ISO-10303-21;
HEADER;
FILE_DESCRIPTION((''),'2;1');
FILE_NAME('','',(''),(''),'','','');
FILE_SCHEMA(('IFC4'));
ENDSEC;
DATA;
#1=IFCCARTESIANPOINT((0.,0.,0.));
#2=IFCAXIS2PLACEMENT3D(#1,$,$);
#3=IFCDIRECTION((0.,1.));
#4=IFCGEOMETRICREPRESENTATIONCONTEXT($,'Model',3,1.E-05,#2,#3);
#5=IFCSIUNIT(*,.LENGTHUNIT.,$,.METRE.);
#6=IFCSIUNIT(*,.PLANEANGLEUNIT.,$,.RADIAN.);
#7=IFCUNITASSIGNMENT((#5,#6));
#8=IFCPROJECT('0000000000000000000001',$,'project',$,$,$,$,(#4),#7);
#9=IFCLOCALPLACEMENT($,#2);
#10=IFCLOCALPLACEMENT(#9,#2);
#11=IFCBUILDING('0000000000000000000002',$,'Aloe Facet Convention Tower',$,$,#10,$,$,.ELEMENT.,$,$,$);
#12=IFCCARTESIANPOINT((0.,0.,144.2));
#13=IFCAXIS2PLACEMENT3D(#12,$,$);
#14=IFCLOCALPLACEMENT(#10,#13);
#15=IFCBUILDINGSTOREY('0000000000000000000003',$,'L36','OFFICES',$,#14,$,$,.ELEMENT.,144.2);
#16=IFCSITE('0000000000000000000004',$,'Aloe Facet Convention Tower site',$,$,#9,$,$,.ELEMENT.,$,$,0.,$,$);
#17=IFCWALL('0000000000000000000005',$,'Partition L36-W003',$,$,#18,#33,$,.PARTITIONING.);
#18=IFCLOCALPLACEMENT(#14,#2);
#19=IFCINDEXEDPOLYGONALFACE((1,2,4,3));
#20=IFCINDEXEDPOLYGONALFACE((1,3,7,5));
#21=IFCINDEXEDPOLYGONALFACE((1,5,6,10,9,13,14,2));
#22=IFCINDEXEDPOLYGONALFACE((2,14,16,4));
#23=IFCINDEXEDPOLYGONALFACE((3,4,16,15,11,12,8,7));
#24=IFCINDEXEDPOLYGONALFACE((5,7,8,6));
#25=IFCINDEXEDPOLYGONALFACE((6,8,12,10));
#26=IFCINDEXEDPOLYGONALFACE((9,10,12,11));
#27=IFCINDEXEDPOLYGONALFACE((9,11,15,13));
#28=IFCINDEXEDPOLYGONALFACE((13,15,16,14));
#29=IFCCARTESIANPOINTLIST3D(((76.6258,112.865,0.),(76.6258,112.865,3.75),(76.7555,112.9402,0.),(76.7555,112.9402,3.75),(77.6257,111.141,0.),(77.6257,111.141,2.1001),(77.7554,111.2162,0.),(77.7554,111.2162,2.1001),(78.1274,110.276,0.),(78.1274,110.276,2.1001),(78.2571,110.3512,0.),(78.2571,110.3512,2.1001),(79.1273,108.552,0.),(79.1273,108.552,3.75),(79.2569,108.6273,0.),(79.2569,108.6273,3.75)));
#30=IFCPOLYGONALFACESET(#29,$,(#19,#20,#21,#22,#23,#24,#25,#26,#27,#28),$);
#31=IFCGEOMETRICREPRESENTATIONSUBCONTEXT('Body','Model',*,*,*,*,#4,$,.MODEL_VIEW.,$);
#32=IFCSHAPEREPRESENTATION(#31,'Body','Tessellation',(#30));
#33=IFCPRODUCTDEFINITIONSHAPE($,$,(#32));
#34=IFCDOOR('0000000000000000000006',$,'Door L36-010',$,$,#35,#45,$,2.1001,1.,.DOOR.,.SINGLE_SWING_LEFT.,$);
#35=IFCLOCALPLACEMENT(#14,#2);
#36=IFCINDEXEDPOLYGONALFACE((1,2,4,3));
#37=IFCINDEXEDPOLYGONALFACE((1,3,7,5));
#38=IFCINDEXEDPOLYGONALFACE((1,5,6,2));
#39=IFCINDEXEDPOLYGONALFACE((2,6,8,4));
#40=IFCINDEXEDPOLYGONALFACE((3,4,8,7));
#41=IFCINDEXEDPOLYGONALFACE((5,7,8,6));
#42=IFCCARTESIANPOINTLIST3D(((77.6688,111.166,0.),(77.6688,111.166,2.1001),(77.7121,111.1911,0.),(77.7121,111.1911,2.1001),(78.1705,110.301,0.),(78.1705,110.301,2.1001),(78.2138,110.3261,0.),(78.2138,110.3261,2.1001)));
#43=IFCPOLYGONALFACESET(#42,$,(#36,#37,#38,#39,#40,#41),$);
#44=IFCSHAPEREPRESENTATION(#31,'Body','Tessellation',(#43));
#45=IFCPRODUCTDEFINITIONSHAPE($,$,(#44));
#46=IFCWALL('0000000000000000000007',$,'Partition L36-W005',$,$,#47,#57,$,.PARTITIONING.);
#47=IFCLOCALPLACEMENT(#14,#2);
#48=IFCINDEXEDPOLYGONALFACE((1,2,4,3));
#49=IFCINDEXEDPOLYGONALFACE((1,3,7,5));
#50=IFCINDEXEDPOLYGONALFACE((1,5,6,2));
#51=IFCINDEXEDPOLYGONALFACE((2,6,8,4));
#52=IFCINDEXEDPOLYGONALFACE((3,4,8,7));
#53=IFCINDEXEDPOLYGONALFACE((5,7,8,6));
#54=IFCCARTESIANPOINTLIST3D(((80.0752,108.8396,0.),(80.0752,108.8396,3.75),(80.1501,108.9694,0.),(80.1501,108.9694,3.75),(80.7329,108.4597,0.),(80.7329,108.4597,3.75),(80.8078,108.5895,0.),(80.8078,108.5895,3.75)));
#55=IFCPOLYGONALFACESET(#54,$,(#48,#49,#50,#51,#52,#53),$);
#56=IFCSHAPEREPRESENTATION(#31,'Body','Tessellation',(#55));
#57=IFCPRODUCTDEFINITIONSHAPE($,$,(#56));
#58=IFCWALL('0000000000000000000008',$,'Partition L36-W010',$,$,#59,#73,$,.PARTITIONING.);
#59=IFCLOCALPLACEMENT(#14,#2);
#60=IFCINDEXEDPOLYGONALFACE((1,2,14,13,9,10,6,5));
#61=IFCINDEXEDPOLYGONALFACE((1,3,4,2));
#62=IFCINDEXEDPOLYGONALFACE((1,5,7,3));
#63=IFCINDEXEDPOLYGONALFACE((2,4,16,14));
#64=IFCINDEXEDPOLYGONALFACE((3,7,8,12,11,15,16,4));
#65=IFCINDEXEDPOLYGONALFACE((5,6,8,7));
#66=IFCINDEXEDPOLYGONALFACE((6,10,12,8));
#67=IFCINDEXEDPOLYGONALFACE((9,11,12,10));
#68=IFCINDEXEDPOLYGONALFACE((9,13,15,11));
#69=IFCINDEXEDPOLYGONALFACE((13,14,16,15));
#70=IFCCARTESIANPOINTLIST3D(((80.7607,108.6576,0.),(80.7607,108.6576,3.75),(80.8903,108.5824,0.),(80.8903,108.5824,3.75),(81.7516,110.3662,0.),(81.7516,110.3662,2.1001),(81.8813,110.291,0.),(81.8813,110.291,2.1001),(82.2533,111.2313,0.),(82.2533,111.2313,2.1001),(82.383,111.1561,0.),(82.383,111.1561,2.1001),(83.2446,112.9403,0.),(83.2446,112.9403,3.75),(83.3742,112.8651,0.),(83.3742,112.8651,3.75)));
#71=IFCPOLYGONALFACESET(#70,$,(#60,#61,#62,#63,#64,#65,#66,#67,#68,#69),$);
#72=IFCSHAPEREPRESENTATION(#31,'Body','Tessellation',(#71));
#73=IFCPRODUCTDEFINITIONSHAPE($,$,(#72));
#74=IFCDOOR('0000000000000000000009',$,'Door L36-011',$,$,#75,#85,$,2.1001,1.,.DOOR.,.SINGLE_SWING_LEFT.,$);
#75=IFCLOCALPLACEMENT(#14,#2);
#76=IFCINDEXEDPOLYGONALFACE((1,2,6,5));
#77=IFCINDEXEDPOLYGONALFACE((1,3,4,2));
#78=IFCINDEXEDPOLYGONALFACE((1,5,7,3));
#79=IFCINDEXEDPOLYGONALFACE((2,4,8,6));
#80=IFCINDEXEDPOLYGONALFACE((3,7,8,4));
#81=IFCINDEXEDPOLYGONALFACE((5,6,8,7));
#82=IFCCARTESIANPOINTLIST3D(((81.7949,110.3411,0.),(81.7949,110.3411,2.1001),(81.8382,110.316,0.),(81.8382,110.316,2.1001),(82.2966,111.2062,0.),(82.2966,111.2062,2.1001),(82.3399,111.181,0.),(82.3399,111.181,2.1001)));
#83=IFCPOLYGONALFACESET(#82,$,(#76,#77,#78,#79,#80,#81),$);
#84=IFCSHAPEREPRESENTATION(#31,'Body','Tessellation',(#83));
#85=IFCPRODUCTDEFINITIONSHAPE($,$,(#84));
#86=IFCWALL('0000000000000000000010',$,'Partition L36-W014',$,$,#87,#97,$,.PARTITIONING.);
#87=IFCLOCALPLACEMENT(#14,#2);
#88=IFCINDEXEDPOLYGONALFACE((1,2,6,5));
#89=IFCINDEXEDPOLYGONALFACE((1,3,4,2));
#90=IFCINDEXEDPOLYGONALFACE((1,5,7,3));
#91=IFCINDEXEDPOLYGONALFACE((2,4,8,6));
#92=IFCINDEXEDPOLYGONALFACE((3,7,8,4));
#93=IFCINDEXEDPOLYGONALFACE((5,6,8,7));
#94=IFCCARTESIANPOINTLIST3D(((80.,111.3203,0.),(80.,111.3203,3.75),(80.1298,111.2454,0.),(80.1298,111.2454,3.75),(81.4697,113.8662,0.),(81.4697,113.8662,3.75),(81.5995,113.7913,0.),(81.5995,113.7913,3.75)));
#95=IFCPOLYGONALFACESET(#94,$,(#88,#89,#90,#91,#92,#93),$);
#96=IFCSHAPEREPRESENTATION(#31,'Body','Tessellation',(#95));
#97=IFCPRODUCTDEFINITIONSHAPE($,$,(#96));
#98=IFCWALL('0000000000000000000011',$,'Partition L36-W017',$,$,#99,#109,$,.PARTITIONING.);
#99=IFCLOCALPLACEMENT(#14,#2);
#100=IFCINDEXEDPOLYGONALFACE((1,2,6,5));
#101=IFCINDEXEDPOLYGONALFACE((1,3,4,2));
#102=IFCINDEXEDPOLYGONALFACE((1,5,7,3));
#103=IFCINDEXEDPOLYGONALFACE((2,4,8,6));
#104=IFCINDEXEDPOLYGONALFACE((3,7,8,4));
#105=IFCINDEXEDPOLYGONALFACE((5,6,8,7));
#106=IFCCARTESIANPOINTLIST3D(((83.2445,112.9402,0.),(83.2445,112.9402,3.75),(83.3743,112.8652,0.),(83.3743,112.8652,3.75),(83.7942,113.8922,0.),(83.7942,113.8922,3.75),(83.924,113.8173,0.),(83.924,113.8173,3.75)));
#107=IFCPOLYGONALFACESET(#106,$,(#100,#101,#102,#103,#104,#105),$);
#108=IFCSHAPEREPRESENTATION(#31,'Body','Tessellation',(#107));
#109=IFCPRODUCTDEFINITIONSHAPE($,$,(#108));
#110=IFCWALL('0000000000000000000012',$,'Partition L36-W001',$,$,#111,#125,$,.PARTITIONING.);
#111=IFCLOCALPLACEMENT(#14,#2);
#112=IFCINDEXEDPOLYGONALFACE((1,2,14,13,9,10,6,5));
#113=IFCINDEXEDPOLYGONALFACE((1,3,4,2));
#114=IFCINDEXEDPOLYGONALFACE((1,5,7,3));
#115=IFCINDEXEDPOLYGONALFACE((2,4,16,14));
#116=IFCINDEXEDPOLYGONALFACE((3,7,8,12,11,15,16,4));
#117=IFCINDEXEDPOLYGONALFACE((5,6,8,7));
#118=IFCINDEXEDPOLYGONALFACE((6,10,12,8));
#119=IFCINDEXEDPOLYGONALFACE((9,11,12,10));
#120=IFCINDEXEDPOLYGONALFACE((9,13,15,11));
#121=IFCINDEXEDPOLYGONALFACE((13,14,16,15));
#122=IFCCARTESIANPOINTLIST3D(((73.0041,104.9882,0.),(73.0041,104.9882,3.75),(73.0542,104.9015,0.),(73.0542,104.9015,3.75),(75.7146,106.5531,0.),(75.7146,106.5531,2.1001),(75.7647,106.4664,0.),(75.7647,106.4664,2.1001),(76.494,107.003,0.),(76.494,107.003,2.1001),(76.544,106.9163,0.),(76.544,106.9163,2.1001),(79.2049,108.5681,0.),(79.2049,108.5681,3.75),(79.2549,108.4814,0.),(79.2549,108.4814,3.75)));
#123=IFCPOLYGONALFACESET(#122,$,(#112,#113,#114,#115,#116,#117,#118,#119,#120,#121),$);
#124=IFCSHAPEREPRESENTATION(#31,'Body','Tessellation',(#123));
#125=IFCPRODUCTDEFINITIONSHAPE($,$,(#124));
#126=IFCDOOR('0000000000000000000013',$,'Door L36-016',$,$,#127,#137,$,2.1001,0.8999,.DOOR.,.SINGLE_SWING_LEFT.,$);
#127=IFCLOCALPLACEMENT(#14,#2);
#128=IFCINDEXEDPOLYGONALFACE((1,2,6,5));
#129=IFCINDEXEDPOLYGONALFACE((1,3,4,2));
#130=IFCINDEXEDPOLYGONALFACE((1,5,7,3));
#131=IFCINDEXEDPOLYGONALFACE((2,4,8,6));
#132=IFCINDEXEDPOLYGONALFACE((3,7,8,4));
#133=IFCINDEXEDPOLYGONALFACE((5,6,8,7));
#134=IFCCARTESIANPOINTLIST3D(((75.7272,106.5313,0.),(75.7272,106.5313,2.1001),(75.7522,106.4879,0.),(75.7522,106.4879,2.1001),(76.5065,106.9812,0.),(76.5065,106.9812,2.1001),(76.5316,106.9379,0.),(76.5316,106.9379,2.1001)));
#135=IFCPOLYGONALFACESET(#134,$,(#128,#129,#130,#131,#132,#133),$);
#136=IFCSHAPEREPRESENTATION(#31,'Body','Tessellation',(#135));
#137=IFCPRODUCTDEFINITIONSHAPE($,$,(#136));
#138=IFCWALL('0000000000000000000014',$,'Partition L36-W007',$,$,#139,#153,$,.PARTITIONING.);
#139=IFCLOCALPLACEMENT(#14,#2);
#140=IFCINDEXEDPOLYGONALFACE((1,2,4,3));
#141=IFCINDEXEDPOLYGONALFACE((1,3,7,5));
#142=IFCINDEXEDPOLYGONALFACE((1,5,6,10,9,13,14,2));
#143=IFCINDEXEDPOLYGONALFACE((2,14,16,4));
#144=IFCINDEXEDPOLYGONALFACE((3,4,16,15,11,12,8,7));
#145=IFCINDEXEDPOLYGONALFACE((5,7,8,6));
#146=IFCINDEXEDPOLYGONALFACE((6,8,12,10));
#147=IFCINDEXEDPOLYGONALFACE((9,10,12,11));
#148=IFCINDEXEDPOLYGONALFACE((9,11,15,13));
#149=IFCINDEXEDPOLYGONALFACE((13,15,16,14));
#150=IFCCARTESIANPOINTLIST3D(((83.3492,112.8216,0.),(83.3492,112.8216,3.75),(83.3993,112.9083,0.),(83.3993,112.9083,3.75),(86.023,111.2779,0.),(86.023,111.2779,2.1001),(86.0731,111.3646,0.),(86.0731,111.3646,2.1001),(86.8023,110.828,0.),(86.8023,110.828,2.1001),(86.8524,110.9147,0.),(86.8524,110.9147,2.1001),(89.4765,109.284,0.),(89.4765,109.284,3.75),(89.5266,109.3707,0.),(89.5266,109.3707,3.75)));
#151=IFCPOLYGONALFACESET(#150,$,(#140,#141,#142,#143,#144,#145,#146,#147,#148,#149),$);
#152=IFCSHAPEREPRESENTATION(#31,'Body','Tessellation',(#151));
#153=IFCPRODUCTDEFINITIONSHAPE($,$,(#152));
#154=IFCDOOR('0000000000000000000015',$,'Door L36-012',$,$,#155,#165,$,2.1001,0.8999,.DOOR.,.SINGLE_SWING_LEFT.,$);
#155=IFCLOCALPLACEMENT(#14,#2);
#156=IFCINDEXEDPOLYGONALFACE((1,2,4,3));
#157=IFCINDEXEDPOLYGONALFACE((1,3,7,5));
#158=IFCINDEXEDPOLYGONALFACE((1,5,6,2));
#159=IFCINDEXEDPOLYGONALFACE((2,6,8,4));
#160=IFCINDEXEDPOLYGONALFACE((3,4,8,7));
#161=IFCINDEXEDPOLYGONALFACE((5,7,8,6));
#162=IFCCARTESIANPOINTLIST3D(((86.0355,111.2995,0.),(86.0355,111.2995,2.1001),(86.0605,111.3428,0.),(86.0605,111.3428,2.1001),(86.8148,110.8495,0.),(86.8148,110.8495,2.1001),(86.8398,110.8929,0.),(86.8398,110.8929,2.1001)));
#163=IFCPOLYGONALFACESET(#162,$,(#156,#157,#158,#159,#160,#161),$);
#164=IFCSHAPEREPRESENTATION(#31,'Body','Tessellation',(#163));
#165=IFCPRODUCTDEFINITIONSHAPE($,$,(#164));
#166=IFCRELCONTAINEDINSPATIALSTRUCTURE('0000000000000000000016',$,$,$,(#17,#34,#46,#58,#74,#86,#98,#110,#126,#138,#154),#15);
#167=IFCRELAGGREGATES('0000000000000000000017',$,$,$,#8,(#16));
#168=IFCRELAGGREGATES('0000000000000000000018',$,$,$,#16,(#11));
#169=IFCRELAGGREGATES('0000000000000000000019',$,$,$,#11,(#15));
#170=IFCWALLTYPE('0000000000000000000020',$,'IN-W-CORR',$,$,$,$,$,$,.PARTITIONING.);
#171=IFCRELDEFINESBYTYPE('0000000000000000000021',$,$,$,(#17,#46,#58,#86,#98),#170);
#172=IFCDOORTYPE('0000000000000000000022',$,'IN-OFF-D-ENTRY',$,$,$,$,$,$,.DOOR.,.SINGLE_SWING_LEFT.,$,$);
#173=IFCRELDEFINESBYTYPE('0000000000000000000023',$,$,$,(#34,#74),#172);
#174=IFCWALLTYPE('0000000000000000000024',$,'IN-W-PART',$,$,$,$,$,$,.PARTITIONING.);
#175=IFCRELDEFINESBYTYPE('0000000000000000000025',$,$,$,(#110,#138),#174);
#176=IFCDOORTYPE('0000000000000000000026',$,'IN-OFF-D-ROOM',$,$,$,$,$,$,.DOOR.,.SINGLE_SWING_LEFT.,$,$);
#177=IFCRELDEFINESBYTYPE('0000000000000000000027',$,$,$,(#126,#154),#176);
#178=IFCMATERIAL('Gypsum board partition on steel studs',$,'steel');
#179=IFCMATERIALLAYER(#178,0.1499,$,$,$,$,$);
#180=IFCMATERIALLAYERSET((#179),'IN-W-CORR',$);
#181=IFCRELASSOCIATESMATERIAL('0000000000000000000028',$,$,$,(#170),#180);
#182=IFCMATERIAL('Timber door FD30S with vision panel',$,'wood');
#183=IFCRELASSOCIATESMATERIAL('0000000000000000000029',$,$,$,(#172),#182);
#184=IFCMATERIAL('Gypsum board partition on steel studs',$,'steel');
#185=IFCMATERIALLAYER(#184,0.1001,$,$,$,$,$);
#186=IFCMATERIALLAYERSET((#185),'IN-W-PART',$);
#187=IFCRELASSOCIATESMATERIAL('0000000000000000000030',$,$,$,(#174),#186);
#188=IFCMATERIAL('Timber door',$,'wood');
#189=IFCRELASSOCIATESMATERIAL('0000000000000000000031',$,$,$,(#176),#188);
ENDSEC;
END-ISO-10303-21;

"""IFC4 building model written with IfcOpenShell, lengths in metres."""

from ifc_helpers import new_model, si_unit, direction, frame, frame_2d, origin, place, context, subcontext, project, spatial, rectangle, extrude, material, layer, layer_set, type_object, element, fill, save


model = new_model("IFC4")

# Units and contexts
model_context = context("Model", 3, precision=1e-05, world=origin(), true_north=direction((0.0, 1.0)))
body_context = subcontext(model_context, "Body", "Model", "MODEL_VIEW")
ifc_project = project(units=[si_unit("LENGTHUNIT", "METRE"), si_unit("PLANEANGLEUNIT", "RADIAN")], contexts=[model_context])

# Site, building, storey
site_placement = place(None, origin())
site = spatial("IfcSite", under=ifc_project, at=site_placement, Name="Aloe Facet Convention Tower site", CompositionType="ELEMENT", RefElevation=0.0)
building_placement = place(site_placement, origin())
building = spatial("IfcBuilding", under=site, at=building_placement, Name="Aloe Facet Convention Tower", CompositionType="ELEMENT")
storey_placement = place(building_placement, frame((0.0, 0.0, 144.2)))
storey = spatial("IfcBuildingStorey", under=building, at=storey_placement, Name="L36", Description="OFFICES", CompositionType="ELEMENT", Elevation=144.2)

# Shared definitions
ifc_material_1 = material(Name="Gypsum board partition on steel studs", Category="steel")
ifc_layer_1 = layer(ifc_material_1, 0.1499)
ifc_layer_set_1 = layer_set([ifc_layer_1], Name="IN-W-CORR")
wall_type_1 = type_object("IfcWallType", Name="IN-W-CORR", PredefinedType="PARTITIONING", material=ifc_layer_set_1)

# Wall, opening, door
wall_1_placement = place(storey_placement, frame((76.6907, 112.9026, 0.0), z_axis=(0.0, 0.0, 1.0), x_axis=(0.501708, -0.865037, 0.0)))
wall_1 = element("IfcWall", 1, at=wall_1_placement, inside=storey, type_object=wall_type_1, Name="Partition L36-W003", PredefinedType="PARTITIONING", context=body_context, shape_type="SweptSolid", body=[
    extrude(rectangle(XDim=4.9858, YDim=0.1499, at=frame_2d((2.4929, 0.0))), origin(), (0.0, 0.0, 1.0), 3.75),
])
opening_1_placement = place(wall_1_placement, frame((1.9929, 0.0, 0.0)))
opening_1 = element("IfcOpeningElement", 2, at=opening_1_placement, cuts=wall_1, PredefinedType="OPENING", context=body_context, shape_type="SweptSolid", body=[
    extrude(rectangle(XDim=1.0, YDim=2.1001, at=frame_2d((0.5, 1.05))), frame((0.0, 0.085, 0.0), z_axis=(0.0, -1.0, 0.0), x_axis=(1.0, 0.0, 0.0)), (0.0, 0.0, 1.0), 0.1699),
])
ifc_material_2 = material(Name="Timber door FD30S with vision panel", Category="wood")
door_type_1 = type_object("IfcDoorType", Name="IN-OFF-D-ENTRY", OperationType="SINGLE_SWING_LEFT", PredefinedType="DOOR", material=ifc_material_2)
door_1_placement = place(opening_1_placement, origin())
door_1 = element("IfcDoor", 3, at=door_1_placement, inside=storey, type_object=door_type_1, Name="Door L36-010", OperationType="SINGLE_SWING_LEFT", OverallHeight=2.1001, OverallWidth=1.0, PredefinedType="DOOR", context=body_context, shape_type="SweptSolid", body=[
    extrude(rectangle(XDim=1.0, YDim=2.1001, at=frame_2d((0.5, 1.05))), frame((0.0, 0.0249, 0.0), z_axis=(0.0, -1.0, 0.0), x_axis=(1.0, 0.0, 0.0)), (0.0, 0.0, 1.0), 0.05),
])
fill(opening_1, door_1)

# Wall
wall_2_placement = place(storey_placement, frame((80.1125, 108.9045, 0.0), z_axis=(0.0, 0.0, 1.0), x_axis=(0.865939, -0.500149, 0.0)))
element("IfcWall", 4, at=wall_2_placement, inside=storey, type_object=wall_type_1, Name="Partition L36-W005", PredefinedType="PARTITIONING", context=body_context, shape_type="SweptSolid", body=[
    extrude(rectangle(XDim=0.7595, YDim=0.1499, at=frame_2d((0.3799, 0.0))), origin(), (0.0, 0.0, 1.0), 3.75),
])

# Wall, opening, door
wall_3_placement = place(storey_placement, frame((80.8254, 108.6199, 0.0), z_axis=(0.0, 0.0, 1.0), x_axis=(0.501705, 0.865039, 0.0)))
wall_3 = element("IfcWall", 5, at=wall_3_placement, inside=storey, type_object=wall_type_1, Name="Partition L36-W010", PredefinedType="PARTITIONING", context=body_context, shape_type="SweptSolid", body=[
    extrude(rectangle(XDim=4.9509, YDim=0.1499, at=frame_2d((2.4756, 0.0))), origin(), (0.0, 0.0, 1.0), 3.75),
])
opening_2_placement = place(wall_3_placement, frame((1.9753, 0.0, 0.0)))
opening_2 = element("IfcOpeningElement", 6, at=opening_2_placement, cuts=wall_3, PredefinedType="OPENING", context=body_context, shape_type="SweptSolid", body=[
    extrude(rectangle(XDim=1.0, YDim=2.1001, at=frame_2d((0.5, 1.05))), frame((0.0, 0.085, 0.0), z_axis=(0.0, -1.0, 0.0), x_axis=(1.0, 0.0, 0.0)), (0.0, 0.0, 1.0), 0.1699),
])
door_2_placement = place(opening_2_placement, origin())
door_2 = element("IfcDoor", 7, at=door_2_placement, inside=storey, type_object=door_type_1, Name="Door L36-011", OperationType="SINGLE_SWING_LEFT", OverallHeight=2.1001, OverallWidth=1.0, PredefinedType="DOOR", context=body_context, shape_type="SweptSolid", body=[
    extrude(rectangle(XDim=1.0, YDim=2.1001, at=frame_2d((0.5, 1.05))), frame((0.0, 0.0249, 0.0), z_axis=(0.0, -1.0, 0.0), x_axis=(1.0, 0.0, 0.0)), (0.0, 0.0, 1.0), 0.05),
])
fill(opening_2, door_2)

# Walls
wall_4_placement = place(storey_placement, frame((80.0649, 111.283, 0.0), z_axis=(0.0, 0.0, 1.0), x_axis=(0.499962, 0.866047, 0.0)))
element("IfcWall", 8, at=wall_4_placement, inside=storey, type_object=wall_type_1, Name="Partition L36-W014", PredefinedType="PARTITIONING", context=body_context, shape_type="SweptSolid", body=[
    extrude(rectangle(XDim=2.9397, YDim=0.1499, at=frame_2d((1.4697, 0.0))), origin(), (0.0, 0.0, 1.0), 3.75),
])
wall_5_placement = place(storey_placement, frame((83.3093, 112.9026, 0.0), z_axis=(0.0, 0.0, 1.0), x_axis=(0.500056, 0.865993, 0.0)))
element("IfcWall", 9, at=wall_5_placement, inside=storey, type_object=wall_type_1, Name="Partition L36-W017", PredefinedType="PARTITIONING", context=body_context, shape_type="SweptSolid", body=[
    extrude(rectangle(XDim=1.0994, YDim=0.1499, at=frame_2d((0.5498, 0.0))), origin(), (0.0, 0.0, 1.0), 3.75),
])

# Walls, openings, doors
ifc_material_3 = material(Name="Gypsum board partition on steel studs", Category="steel")
ifc_layer_2 = layer(ifc_material_3, 0.1001)
ifc_layer_set_2 = layer_set([ifc_layer_2], Name="IN-W-PART")
wall_type_2 = type_object("IfcWallType", Name="IN-W-PART", PredefinedType="PARTITIONING", material=ifc_layer_set_2)
wall_6_placement = place(storey_placement, frame((73.0291, 104.9448, 0.0), z_axis=(0.0, 0.0, 1.0), x_axis=(0.866033, 0.499986, 0.0)))
wall_6 = element("IfcWall", 10, at=wall_6_placement, inside=storey, type_object=wall_type_2, Name="Partition L36-W001", PredefinedType="PARTITIONING", context=body_context, shape_type="SweptSolid", body=[
    extrude(rectangle(XDim=7.1599, YDim=0.1001, at=frame_2d((3.5801, 0.0))), origin(), (0.0, 0.0, 1.0), 3.75),
])
opening_3_placement = place(wall_6_placement, frame((3.1299, 0.0, 0.0)))
opening_3 = element("IfcOpeningElement", 11, at=opening_3_placement, cuts=wall_6, PredefinedType="OPENING", context=body_context, shape_type="SweptSolid", body=[
    extrude(rectangle(XDim=0.8999, YDim=2.1001, at=frame_2d((0.45, 1.05))), frame((0.0, 0.0601, 0.0), z_axis=(0.0, -1.0, 0.0), x_axis=(1.0, 0.0, 0.0)), (0.0, 0.0, 1.0), 0.1201),
])
ifc_material_4 = material(Name="Timber door", Category="wood")
door_type_2 = type_object("IfcDoorType", Name="IN-OFF-D-ROOM", OperationType="SINGLE_SWING_LEFT", PredefinedType="DOOR", material=ifc_material_4)
door_3_placement = place(opening_3_placement, origin())
door_3 = element("IfcDoor", 12, at=door_3_placement, inside=storey, type_object=door_type_2, Name="Door L36-016", OperationType="SINGLE_SWING_LEFT", OverallHeight=2.1001, OverallWidth=0.8999, PredefinedType="DOOR", context=body_context, shape_type="SweptSolid", body=[
    extrude(rectangle(XDim=0.8999, YDim=2.1001, at=frame_2d((0.45, 1.05))), frame((0.0, 0.0249, 0.0), z_axis=(0.0, -1.0, 0.0), x_axis=(1.0, 0.0, 0.0)), (0.0, 0.0, 1.0), 0.05),
])
fill(opening_3, door_3)
wall_7_placement = place(storey_placement, frame((83.3743, 112.865, 0.0), z_axis=(0.0, 0.0, 1.0), x_axis=(0.866022, -0.500006, 0.0)))
wall_7 = element("IfcWall", 13, at=wall_7_placement, inside=storey, type_object=wall_type_2, Name="Partition L36-W007", PredefinedType="PARTITIONING", context=body_context, shape_type="SweptSolid", body=[
    extrude(rectangle(XDim=7.0752, YDim=0.1001, at=frame_2d((3.5376, 0.0))), origin(), (0.0, 0.0, 1.0), 3.75),
])
opening_4_placement = place(wall_7_placement, frame((3.0874, 0.0, 0.0)))
opening_4 = element("IfcOpeningElement", 14, at=opening_4_placement, cuts=wall_7, PredefinedType="OPENING", context=body_context, shape_type="SweptSolid", body=[
    extrude(rectangle(XDim=0.8999, YDim=2.1001, at=frame_2d((0.45, 1.05))), frame((0.0, 0.0601, 0.0), z_axis=(0.0, -1.0, 0.0), x_axis=(1.0, 0.0, 0.0)), (0.0, 0.0, 1.0), 0.1201),
])
door_4_placement = place(opening_4_placement, origin())
door_4 = element("IfcDoor", 15, at=door_4_placement, inside=storey, type_object=door_type_2, Name="Door L36-012", OperationType="SINGLE_SWING_LEFT", OverallHeight=2.1001, OverallWidth=0.8999, PredefinedType="DOOR", context=body_context, shape_type="SweptSolid", body=[
    extrude(rectangle(XDim=0.8999, YDim=2.1001, at=frame_2d((0.45, 1.05))), frame((0.0, 0.0249, 0.0), z_axis=(0.0, -1.0, 0.0), x_axis=(1.0, 0.0, 0.0)), (0.0, 0.0, 1.0), 0.05),
])
fill(opening_4, door_4)

save(model, "model.ifc")
